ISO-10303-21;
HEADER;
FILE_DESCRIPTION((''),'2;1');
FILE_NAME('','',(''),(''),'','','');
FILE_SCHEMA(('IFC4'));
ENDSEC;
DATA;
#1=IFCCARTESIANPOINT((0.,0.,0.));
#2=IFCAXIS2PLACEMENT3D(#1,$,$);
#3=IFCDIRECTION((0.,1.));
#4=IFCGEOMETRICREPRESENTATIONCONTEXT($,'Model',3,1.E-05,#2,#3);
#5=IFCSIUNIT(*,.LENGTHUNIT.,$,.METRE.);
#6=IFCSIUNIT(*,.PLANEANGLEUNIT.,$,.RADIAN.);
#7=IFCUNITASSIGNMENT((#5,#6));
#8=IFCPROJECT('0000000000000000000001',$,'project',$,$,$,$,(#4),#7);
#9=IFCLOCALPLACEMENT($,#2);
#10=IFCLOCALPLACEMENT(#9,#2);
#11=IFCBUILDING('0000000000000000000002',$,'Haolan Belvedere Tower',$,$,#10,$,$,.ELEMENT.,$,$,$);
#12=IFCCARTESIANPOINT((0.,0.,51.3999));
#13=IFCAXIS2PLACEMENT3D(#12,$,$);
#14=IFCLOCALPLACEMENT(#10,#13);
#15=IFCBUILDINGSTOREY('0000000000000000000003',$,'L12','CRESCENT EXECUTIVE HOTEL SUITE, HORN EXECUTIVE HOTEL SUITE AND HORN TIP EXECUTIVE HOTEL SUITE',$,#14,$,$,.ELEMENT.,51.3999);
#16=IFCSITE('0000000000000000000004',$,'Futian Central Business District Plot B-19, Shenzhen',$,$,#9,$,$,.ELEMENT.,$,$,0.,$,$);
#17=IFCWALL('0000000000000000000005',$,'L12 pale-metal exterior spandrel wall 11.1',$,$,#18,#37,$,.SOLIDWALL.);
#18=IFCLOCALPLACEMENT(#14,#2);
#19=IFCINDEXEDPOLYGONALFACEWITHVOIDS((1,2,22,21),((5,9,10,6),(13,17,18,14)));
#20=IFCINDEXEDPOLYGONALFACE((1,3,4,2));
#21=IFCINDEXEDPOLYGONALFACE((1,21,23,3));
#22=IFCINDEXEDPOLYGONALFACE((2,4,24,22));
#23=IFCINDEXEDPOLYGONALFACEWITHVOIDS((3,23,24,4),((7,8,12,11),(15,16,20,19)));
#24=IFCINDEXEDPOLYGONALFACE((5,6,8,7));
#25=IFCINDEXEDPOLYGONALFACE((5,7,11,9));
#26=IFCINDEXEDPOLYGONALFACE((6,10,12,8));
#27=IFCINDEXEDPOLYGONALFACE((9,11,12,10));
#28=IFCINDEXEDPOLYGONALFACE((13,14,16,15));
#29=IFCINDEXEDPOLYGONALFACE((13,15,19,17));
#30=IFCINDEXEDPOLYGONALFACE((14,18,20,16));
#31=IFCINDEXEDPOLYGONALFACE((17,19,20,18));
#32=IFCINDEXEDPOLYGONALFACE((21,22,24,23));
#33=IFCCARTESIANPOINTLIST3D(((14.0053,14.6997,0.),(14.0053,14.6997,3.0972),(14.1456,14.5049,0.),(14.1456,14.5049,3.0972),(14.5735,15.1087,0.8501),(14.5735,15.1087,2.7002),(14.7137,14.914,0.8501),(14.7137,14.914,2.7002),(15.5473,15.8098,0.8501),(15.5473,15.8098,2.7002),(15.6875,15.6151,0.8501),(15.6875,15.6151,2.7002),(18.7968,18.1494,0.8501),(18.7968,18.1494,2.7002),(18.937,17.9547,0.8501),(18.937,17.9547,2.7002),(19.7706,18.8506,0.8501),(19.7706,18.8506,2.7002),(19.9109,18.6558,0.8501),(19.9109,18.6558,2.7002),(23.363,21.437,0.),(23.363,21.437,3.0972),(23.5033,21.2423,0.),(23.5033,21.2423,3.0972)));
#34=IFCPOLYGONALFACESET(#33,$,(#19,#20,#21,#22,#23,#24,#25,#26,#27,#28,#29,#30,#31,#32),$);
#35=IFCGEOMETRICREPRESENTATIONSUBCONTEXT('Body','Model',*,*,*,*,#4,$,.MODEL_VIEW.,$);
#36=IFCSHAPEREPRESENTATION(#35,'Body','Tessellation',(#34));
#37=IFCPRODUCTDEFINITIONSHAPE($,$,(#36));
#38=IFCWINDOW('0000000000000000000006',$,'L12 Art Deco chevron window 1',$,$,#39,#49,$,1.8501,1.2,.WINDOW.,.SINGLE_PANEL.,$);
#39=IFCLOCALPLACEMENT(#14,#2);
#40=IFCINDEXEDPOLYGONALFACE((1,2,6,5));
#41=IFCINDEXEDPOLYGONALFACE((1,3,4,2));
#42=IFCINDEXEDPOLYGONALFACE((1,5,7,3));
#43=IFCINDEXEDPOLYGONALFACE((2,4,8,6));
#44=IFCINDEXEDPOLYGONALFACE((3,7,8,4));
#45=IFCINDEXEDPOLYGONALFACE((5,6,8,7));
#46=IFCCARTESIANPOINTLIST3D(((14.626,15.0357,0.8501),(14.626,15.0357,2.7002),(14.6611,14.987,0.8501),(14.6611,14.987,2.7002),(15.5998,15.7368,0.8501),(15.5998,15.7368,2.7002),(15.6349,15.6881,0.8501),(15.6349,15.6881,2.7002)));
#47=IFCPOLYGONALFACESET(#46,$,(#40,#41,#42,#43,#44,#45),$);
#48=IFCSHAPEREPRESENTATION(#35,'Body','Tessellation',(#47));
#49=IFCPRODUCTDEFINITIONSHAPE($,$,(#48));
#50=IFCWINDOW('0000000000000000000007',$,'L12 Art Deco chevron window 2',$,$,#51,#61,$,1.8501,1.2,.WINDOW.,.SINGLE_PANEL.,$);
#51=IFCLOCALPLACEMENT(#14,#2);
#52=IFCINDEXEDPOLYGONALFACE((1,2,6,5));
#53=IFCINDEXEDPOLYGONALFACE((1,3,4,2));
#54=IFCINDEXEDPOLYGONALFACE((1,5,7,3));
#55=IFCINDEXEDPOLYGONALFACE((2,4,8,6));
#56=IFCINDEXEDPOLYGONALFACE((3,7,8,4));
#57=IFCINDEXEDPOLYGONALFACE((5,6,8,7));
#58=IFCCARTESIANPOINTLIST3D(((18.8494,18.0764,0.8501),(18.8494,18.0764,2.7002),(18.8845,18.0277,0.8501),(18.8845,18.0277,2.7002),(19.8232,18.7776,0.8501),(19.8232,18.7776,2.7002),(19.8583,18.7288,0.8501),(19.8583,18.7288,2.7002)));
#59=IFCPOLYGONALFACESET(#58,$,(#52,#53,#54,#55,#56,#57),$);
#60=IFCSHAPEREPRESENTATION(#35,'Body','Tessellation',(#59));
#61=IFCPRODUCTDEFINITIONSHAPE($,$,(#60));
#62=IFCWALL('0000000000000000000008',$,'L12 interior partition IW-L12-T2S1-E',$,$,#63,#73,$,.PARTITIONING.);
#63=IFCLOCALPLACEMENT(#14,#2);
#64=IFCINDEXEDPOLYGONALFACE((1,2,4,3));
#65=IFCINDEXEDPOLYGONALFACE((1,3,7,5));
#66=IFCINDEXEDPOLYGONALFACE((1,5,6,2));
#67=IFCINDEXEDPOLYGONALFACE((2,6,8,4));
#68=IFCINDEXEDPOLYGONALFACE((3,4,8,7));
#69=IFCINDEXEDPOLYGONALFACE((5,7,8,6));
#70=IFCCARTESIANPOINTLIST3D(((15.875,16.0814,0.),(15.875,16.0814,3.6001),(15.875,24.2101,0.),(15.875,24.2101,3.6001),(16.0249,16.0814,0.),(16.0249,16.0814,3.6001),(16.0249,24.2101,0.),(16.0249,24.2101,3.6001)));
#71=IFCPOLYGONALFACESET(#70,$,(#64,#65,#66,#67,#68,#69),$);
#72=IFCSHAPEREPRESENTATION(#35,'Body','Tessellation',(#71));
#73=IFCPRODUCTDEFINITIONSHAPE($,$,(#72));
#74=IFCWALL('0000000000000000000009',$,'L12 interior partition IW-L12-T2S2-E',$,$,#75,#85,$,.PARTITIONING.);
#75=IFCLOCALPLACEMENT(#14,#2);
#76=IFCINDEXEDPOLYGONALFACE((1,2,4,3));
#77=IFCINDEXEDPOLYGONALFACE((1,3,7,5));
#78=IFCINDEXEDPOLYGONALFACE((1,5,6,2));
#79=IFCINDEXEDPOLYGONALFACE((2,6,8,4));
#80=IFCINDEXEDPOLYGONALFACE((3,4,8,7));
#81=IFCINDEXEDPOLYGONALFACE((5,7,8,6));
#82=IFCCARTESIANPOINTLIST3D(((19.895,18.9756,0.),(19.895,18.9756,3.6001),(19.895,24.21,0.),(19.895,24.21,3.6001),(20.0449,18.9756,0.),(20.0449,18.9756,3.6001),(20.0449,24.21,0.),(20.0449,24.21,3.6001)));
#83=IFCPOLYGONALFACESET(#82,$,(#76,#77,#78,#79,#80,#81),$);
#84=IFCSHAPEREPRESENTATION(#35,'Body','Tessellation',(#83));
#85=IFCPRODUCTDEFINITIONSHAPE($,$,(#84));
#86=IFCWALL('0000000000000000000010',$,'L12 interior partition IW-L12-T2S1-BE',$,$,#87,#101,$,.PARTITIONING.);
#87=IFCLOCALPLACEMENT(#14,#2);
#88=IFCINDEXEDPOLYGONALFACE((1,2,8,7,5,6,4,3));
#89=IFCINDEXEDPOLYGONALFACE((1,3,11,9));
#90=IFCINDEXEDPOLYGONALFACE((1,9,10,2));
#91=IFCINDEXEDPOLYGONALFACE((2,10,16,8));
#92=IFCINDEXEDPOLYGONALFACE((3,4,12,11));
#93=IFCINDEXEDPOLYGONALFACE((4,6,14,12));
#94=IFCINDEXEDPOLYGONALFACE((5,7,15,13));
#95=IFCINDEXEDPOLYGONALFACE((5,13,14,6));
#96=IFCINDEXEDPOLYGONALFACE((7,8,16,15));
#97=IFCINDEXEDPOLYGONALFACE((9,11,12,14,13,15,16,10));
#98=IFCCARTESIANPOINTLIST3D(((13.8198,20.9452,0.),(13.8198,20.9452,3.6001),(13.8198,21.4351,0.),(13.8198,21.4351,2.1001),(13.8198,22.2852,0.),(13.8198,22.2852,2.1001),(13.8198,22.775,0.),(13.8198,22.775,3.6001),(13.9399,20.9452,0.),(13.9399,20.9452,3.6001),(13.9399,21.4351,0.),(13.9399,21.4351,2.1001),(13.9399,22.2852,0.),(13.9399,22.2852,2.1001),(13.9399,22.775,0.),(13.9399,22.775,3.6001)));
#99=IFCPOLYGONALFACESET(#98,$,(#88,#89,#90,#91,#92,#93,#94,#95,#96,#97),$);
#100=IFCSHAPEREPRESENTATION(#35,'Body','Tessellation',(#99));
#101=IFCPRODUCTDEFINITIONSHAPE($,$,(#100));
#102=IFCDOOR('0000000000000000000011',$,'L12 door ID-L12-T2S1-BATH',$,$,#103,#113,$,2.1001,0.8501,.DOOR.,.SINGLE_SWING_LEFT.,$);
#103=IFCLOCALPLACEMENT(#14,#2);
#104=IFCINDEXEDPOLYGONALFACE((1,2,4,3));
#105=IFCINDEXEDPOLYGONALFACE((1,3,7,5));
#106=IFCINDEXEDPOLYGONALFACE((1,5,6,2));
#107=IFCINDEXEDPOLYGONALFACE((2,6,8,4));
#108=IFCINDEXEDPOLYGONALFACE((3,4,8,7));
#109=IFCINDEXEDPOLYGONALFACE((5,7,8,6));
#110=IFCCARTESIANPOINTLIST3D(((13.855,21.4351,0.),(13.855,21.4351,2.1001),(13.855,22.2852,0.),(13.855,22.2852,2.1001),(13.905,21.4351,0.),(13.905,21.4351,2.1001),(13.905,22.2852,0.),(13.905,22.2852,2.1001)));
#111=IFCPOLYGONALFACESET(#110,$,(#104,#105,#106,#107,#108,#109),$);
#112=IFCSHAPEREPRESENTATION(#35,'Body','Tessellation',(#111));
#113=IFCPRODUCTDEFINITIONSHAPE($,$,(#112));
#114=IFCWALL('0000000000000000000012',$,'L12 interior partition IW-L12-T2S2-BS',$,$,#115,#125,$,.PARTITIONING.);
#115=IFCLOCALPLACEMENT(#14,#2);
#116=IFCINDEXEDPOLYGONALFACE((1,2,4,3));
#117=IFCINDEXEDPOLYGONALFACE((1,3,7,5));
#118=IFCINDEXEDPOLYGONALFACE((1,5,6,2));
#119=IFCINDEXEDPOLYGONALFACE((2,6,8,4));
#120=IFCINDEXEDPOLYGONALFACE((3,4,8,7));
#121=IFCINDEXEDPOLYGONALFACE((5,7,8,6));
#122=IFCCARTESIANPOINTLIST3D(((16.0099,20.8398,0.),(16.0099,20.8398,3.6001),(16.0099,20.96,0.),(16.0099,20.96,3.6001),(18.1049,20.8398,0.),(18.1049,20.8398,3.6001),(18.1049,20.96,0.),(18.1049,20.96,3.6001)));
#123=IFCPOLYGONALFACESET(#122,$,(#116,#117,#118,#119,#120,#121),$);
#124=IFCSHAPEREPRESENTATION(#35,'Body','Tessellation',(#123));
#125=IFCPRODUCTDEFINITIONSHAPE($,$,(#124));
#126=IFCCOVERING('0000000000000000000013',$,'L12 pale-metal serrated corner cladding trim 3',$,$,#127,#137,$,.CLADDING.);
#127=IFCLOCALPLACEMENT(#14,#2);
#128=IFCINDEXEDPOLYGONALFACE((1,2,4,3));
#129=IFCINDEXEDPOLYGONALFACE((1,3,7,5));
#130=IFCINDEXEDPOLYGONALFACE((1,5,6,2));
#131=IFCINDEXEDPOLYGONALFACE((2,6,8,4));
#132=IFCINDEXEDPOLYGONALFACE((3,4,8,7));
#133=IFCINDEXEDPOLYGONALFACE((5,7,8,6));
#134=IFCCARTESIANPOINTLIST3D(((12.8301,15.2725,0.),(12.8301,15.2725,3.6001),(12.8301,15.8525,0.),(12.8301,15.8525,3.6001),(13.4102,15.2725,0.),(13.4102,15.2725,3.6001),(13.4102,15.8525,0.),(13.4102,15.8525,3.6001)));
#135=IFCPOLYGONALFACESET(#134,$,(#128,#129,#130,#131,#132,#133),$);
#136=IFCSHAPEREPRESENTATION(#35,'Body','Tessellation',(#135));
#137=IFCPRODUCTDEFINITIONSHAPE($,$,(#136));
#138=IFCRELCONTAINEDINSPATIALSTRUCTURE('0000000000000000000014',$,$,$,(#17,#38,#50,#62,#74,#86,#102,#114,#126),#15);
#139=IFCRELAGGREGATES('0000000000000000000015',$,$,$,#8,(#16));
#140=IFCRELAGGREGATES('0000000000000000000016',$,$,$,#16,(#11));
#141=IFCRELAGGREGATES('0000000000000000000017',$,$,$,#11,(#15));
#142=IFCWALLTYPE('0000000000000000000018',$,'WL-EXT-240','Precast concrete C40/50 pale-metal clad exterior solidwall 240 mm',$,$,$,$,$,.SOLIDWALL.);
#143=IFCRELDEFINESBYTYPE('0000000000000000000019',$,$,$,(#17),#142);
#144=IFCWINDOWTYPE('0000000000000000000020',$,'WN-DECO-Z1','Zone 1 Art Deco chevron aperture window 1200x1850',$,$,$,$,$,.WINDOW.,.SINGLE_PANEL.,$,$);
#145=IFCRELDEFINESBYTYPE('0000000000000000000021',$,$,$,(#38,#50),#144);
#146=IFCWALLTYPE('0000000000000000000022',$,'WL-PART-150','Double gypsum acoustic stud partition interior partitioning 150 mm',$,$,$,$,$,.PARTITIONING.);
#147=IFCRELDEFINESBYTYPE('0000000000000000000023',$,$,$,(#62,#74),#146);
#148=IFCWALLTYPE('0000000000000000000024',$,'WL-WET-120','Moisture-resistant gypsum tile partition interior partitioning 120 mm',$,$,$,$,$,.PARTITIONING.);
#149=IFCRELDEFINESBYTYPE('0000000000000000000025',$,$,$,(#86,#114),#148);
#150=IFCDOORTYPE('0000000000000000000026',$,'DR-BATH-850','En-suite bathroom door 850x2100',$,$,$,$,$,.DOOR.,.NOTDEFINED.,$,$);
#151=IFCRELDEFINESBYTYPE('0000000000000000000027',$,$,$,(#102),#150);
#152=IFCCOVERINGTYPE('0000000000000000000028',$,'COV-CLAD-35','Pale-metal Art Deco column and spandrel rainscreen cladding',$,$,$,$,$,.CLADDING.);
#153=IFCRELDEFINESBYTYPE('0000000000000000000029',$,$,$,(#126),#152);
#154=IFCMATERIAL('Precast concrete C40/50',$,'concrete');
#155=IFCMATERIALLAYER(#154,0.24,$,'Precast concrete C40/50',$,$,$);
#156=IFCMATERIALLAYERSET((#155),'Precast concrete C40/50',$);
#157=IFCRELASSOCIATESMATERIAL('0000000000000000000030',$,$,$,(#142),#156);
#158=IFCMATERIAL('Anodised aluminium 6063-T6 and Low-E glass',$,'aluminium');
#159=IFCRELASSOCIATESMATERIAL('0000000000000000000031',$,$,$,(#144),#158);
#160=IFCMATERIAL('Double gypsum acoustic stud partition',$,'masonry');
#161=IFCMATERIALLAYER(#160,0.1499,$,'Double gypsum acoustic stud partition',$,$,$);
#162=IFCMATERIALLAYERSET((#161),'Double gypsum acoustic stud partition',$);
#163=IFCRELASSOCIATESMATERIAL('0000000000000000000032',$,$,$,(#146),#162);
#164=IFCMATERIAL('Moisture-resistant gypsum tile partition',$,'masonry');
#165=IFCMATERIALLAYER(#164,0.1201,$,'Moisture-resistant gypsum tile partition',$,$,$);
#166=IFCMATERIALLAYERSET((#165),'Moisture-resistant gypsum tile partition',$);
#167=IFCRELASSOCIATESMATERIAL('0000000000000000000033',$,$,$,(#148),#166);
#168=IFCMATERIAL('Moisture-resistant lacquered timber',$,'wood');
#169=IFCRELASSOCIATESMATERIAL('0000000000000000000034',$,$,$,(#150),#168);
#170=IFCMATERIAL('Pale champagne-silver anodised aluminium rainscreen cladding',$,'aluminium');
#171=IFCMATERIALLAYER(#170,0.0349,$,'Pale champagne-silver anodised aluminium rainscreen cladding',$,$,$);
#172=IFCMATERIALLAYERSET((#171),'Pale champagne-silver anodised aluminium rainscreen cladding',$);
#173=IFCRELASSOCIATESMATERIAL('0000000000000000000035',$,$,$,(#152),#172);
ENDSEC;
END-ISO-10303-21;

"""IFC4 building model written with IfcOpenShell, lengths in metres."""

from ifc_helpers import new_model, si_unit, direction, frame, frame_2d, origin, origin_2d, place, context, subcontext, project, spatial, rectangle, extrude, material, layer, layer_set, type_object, element, fill, save


model = new_model("IFC4")

# Units and contexts
model_context = context("Model", 3, precision=1e-05, world=origin(), true_north=direction((0.0, 1.0)))
body_context = subcontext(model_context, "Body", "Model", "MODEL_VIEW")
ifc_project = project(units=[si_unit("LENGTHUNIT", "METRE"), si_unit("PLANEANGLEUNIT", "RADIAN")], contexts=[model_context])

# Site, building, storey
site_placement = place(None, origin())
site = spatial("IfcSite", under=ifc_project, at=site_placement, Name="Futian Central Business District Plot B-19, Shenzhen", CompositionType="ELEMENT", RefElevation=0.0)
building_placement = place(site_placement, origin())
building = spatial("IfcBuilding", under=site, at=building_placement, Name="Haolan Belvedere Tower", CompositionType="ELEMENT")
storey_placement = place(building_placement, frame((0.0, 0.0, 51.3999)))
storey = spatial("IfcBuildingStorey", under=building, at=storey_placement, Name="L12", Description="CRESCENT EXECUTIVE HOTEL SUITE, HORN EXECUTIVE HOTEL SUITE AND HORN TIP EXECUTIVE HOTEL SUITE", CompositionType="ELEMENT", Elevation=51.3999)

# Shared definitions
ifc_material_1 = material(Name="Precast concrete C40/50", Category="concrete")
ifc_layer_1 = layer(ifc_material_1, 0.24, Name="Precast concrete C40/50")
ifc_layer_set_1 = layer_set([ifc_layer_1], Name="Precast concrete C40/50")
wall_type_1 = type_object("IfcWallType", Name="WL-EXT-240", Description="Precast concrete C40/50 pale-metal clad exterior solidwall 240 mm", PredefinedType="SOLIDWALL", material=ifc_layer_set_1)

# Wall, openings, windows
wall_1_placement = place(storey_placement, frame((14.0754, 14.6023, 0.0), z_axis=(0.0, 0.0, 1.0), x_axis=(0.811543, 0.584292, 0.0)))
wall_1 = element("IfcWall", 1, at=wall_1_placement, inside=storey, type_object=wall_type_1, Name="L12 pale-metal exterior spandrel wall 11.1", PredefinedType="SOLIDWALL", context=body_context, shape_type="SweptSolid", body=[
    extrude(rectangle(XDim=11.5308, YDim=0.24, at=frame_2d((5.7654, 0.0))), origin(), (0.0, 0.0, 1.0), 3.0972),
])
opening_1_placement = place(wall_1_placement, frame((0.7, 0.0, 0.8501)))
opening_1 = element("IfcOpeningElement", 2, at=opening_1_placement, cuts=wall_1, PredefinedType="OPENING", context=body_context, shape_type="SweptSolid", body=[
    extrude(rectangle(XDim=1.2, YDim=1.8501, at=frame_2d((0.6001, 0.925))), frame((0.0, 0.1299, 0.0), z_axis=(0.0, -1.0, 0.0), x_axis=(1.0, 0.0, 0.0)), (0.0, 0.0, 1.0), 0.26),
])
opening_2_placement = place(wall_1_placement, frame((5.9041, 0.0, 0.8501)))
opening_2 = element("IfcOpeningElement", 3, at=opening_2_placement, cuts=wall_1, PredefinedType="OPENING", context=body_context, shape_type="SweptSolid", body=[
    extrude(rectangle(XDim=1.2, YDim=1.8501, at=frame_2d((0.6001, 0.925))), frame((0.0, 0.1299, 0.0), z_axis=(0.0, -1.0, 0.0), x_axis=(1.0, 0.0, 0.0)), (0.0, 0.0, 1.0), 0.26),
])
ifc_material_2 = material(Name="Anodised aluminium 6063-T6 and Low-E glass", Category="aluminium")
window_type = type_object("IfcWindowType", Name="WN-DECO-Z1", Description="Zone 1 Art Deco chevron aperture window 1200x1850", PartitioningType="SINGLE_PANEL", PredefinedType="WINDOW", material=ifc_material_2)
window_1_placement = place(opening_1_placement, origin())
window_1 = element("IfcWindow", 4, at=window_1_placement, inside=storey, type_object=window_type, Name="L12 Art Deco chevron window 1", OverallHeight=1.8501, OverallWidth=1.2, PartitioningType="SINGLE_PANEL", PredefinedType="WINDOW", context=body_context, shape_type="SweptSolid", body=[
    extrude(rectangle(XDim=1.2, YDim=1.8501, at=frame_2d((0.6001, 0.925))), frame((0.0, 0.03, 0.0), z_axis=(0.0, -1.0, 0.0), x_axis=(1.0, 0.0, 0.0)), (0.0, 0.0, 1.0), 0.0601),
])
fill(opening_1, window_1)
window_2_placement = place(opening_2_placement, origin())
window_2 = element("IfcWindow", 5, at=window_2_placement, inside=storey, type_object=window_type, Name="L12 Art Deco chevron window 2", OverallHeight=1.8501, OverallWidth=1.2, PartitioningType="SINGLE_PANEL", PredefinedType="WINDOW", context=body_context, shape_type="SweptSolid", body=[
    extrude(rectangle(XDim=1.2, YDim=1.8501, at=frame_2d((0.6001, 0.925))), frame((0.0, 0.03, 0.0), z_axis=(0.0, -1.0, 0.0), x_axis=(1.0, 0.0, 0.0)), (0.0, 0.0, 1.0), 0.0601),
])
fill(opening_2, window_2)

# Walls
ifc_material_3 = material(Name="Double gypsum acoustic stud partition", Category="masonry")
ifc_layer_2 = layer(ifc_material_3, 0.1499, Name="Double gypsum acoustic stud partition")
ifc_layer_set_2 = layer_set([ifc_layer_2], Name="Double gypsum acoustic stud partition")
wall_type_2 = type_object("IfcWallType", Name="WL-PART-150", Description="Double gypsum acoustic stud partition interior partitioning 150 mm", PredefinedType="PARTITIONING", material=ifc_layer_set_2)
wall_2_placement = place(storey_placement, frame((15.95, 16.0813, 0.0), z_axis=(0.0, 0.0, 1.0), x_axis=(0.0, 1.0, 0.0)))
element("IfcWall", 6, at=wall_2_placement, inside=storey, type_object=wall_type_2, Name="L12 interior partition IW-L12-T2S1-E", PredefinedType="PARTITIONING", context=body_context, shape_type="SweptSolid", body=[
    extrude(rectangle(XDim=8.1287, YDim=0.1499, at=frame_2d((4.0645, 0.0))), origin(), (0.0, 0.0, 1.0), 3.6001),
])
wall_3_placement = place(storey_placement, frame((19.97, 18.9756, 0.0), z_axis=(0.0, 0.0, 1.0), x_axis=(0.0, 1.0, 0.0)))
element("IfcWall", 7, at=wall_3_placement, inside=storey, type_object=wall_type_2, Name="L12 interior partition IW-L12-T2S2-E", PredefinedType="PARTITIONING", context=body_context, shape_type="SweptSolid", body=[
    extrude(rectangle(XDim=5.2344, YDim=0.1499, at=frame_2d((2.6172, 0.0))), origin(), (0.0, 0.0, 1.0), 3.6001),
])

# Wall, opening, door
ifc_material_4 = material(Name="Moisture-resistant gypsum tile partition", Category="masonry")
ifc_layer_3 = layer(ifc_material_4, 0.1201, Name="Moisture-resistant gypsum tile partition")
ifc_layer_set_3 = layer_set([ifc_layer_3], Name="Moisture-resistant gypsum tile partition")
wall_type_3 = type_object("IfcWallType", Name="WL-WET-120", Description="Moisture-resistant gypsum tile partition interior partitioning 120 mm", PredefinedType="PARTITIONING", material=ifc_layer_set_3)
wall_4_placement = place(storey_placement, frame((13.8799, 20.9451, 0.0), z_axis=(0.0, 0.0, 1.0), x_axis=(0.0, 1.0, 0.0)))
wall_4 = element("IfcWall", 8, at=wall_4_placement, inside=storey, type_object=wall_type_3, Name="L12 interior partition IW-L12-T2S1-BE", PredefinedType="PARTITIONING", context=body_context, shape_type="SweptSolid", body=[
    extrude(rectangle(XDim=1.8298, YDim=0.1201, at=frame_2d((0.915, 0.0))), origin(), (0.0, 0.0, 1.0), 3.6001),
])
opening_3_placement = place(wall_4_placement, frame((0.49, 0.0, 0.0)))
opening_3 = element("IfcOpeningElement", 9, at=opening_3_placement, cuts=wall_4, PredefinedType="OPENING", context=body_context, shape_type="SweptSolid", body=[
    extrude(rectangle(XDim=0.8501, YDim=2.1001, at=frame_2d((0.425, 1.05))), frame((0.0, 0.0701, 0.0), z_axis=(0.0, -1.0, 0.0), x_axis=(1.0, 0.0, 0.0)), (0.0, 0.0, 1.0), 0.1401),
])
ifc_material_5 = material(Name="Moisture-resistant lacquered timber", Category="wood")
door_type = type_object("IfcDoorType", Name="DR-BATH-850", Description="En-suite bathroom door 850x2100", OperationType="NOTDEFINED", PredefinedType="DOOR", material=ifc_material_5)
door_placement = place(opening_3_placement, origin())
door = element("IfcDoor", 10, at=door_placement, inside=storey, type_object=door_type, Name="L12 door ID-L12-T2S1-BATH", OperationType="SINGLE_SWING_LEFT", OverallHeight=2.1001, OverallWidth=0.8501, PredefinedType="DOOR", context=body_context, shape_type="SweptSolid", body=[
    extrude(rectangle(XDim=0.8501, YDim=2.1001, at=frame_2d((0.425, 1.05))), frame((0.0, 0.0249, 0.0), z_axis=(0.0, -1.0, 0.0), x_axis=(1.0, 0.0, 0.0)), (0.0, 0.0, 1.0), 0.05),
])
fill(opening_3, door)

# Wall
wall_5_placement = place(storey_placement, frame((16.01, 20.8999, 0.0), z_axis=(0.0, 0.0, 1.0), x_axis=(1.0, 0.0, 0.0)))
element("IfcWall", 11, at=wall_5_placement, inside=storey, type_object=wall_type_3, Name="L12 interior partition IW-L12-T2S2-BS", PredefinedType="PARTITIONING", context=body_context, shape_type="SweptSolid", body=[
    extrude(rectangle(XDim=2.095, YDim=0.1201, at=frame_2d((1.0474, 0.0))), origin(), (0.0, 0.0, 1.0), 3.6001),
])

# Covering
ifc_material_6 = material(Name="Pale champagne-silver anodised aluminium rainscreen cladding", Category="aluminium")
ifc_layer_4 = layer(ifc_material_6, 0.0349, Name="Pale champagne-silver anodised aluminium rainscreen cladding")
ifc_layer_set_4 = layer_set([ifc_layer_4], Name="Pale champagne-silver anodised aluminium rainscreen cladding")
covering_type = type_object("IfcCoveringType", Name="COV-CLAD-35", Description="Pale-metal Art Deco column and spandrel rainscreen cladding", PredefinedType="CLADDING", material=ifc_layer_set_4)
covering_placement = place(storey_placement, frame((13.1201, 15.5625, 0.0), z_axis=(0.0, 0.0, 1.0), x_axis=(1.0, 0.0, 0.0)))
element("IfcCovering", 12, at=covering_placement, inside=storey, type_object=covering_type, Name="L12 pale-metal serrated corner cladding trim 3", PredefinedType="CLADDING", context=body_context, shape_type="SweptSolid", body=[
    extrude(rectangle(XDim=0.5801, YDim=0.5801, at=origin_2d()), origin(), (0.0, 0.0, 1.0), 3.6001),
])

save(model, "model.ifc")
